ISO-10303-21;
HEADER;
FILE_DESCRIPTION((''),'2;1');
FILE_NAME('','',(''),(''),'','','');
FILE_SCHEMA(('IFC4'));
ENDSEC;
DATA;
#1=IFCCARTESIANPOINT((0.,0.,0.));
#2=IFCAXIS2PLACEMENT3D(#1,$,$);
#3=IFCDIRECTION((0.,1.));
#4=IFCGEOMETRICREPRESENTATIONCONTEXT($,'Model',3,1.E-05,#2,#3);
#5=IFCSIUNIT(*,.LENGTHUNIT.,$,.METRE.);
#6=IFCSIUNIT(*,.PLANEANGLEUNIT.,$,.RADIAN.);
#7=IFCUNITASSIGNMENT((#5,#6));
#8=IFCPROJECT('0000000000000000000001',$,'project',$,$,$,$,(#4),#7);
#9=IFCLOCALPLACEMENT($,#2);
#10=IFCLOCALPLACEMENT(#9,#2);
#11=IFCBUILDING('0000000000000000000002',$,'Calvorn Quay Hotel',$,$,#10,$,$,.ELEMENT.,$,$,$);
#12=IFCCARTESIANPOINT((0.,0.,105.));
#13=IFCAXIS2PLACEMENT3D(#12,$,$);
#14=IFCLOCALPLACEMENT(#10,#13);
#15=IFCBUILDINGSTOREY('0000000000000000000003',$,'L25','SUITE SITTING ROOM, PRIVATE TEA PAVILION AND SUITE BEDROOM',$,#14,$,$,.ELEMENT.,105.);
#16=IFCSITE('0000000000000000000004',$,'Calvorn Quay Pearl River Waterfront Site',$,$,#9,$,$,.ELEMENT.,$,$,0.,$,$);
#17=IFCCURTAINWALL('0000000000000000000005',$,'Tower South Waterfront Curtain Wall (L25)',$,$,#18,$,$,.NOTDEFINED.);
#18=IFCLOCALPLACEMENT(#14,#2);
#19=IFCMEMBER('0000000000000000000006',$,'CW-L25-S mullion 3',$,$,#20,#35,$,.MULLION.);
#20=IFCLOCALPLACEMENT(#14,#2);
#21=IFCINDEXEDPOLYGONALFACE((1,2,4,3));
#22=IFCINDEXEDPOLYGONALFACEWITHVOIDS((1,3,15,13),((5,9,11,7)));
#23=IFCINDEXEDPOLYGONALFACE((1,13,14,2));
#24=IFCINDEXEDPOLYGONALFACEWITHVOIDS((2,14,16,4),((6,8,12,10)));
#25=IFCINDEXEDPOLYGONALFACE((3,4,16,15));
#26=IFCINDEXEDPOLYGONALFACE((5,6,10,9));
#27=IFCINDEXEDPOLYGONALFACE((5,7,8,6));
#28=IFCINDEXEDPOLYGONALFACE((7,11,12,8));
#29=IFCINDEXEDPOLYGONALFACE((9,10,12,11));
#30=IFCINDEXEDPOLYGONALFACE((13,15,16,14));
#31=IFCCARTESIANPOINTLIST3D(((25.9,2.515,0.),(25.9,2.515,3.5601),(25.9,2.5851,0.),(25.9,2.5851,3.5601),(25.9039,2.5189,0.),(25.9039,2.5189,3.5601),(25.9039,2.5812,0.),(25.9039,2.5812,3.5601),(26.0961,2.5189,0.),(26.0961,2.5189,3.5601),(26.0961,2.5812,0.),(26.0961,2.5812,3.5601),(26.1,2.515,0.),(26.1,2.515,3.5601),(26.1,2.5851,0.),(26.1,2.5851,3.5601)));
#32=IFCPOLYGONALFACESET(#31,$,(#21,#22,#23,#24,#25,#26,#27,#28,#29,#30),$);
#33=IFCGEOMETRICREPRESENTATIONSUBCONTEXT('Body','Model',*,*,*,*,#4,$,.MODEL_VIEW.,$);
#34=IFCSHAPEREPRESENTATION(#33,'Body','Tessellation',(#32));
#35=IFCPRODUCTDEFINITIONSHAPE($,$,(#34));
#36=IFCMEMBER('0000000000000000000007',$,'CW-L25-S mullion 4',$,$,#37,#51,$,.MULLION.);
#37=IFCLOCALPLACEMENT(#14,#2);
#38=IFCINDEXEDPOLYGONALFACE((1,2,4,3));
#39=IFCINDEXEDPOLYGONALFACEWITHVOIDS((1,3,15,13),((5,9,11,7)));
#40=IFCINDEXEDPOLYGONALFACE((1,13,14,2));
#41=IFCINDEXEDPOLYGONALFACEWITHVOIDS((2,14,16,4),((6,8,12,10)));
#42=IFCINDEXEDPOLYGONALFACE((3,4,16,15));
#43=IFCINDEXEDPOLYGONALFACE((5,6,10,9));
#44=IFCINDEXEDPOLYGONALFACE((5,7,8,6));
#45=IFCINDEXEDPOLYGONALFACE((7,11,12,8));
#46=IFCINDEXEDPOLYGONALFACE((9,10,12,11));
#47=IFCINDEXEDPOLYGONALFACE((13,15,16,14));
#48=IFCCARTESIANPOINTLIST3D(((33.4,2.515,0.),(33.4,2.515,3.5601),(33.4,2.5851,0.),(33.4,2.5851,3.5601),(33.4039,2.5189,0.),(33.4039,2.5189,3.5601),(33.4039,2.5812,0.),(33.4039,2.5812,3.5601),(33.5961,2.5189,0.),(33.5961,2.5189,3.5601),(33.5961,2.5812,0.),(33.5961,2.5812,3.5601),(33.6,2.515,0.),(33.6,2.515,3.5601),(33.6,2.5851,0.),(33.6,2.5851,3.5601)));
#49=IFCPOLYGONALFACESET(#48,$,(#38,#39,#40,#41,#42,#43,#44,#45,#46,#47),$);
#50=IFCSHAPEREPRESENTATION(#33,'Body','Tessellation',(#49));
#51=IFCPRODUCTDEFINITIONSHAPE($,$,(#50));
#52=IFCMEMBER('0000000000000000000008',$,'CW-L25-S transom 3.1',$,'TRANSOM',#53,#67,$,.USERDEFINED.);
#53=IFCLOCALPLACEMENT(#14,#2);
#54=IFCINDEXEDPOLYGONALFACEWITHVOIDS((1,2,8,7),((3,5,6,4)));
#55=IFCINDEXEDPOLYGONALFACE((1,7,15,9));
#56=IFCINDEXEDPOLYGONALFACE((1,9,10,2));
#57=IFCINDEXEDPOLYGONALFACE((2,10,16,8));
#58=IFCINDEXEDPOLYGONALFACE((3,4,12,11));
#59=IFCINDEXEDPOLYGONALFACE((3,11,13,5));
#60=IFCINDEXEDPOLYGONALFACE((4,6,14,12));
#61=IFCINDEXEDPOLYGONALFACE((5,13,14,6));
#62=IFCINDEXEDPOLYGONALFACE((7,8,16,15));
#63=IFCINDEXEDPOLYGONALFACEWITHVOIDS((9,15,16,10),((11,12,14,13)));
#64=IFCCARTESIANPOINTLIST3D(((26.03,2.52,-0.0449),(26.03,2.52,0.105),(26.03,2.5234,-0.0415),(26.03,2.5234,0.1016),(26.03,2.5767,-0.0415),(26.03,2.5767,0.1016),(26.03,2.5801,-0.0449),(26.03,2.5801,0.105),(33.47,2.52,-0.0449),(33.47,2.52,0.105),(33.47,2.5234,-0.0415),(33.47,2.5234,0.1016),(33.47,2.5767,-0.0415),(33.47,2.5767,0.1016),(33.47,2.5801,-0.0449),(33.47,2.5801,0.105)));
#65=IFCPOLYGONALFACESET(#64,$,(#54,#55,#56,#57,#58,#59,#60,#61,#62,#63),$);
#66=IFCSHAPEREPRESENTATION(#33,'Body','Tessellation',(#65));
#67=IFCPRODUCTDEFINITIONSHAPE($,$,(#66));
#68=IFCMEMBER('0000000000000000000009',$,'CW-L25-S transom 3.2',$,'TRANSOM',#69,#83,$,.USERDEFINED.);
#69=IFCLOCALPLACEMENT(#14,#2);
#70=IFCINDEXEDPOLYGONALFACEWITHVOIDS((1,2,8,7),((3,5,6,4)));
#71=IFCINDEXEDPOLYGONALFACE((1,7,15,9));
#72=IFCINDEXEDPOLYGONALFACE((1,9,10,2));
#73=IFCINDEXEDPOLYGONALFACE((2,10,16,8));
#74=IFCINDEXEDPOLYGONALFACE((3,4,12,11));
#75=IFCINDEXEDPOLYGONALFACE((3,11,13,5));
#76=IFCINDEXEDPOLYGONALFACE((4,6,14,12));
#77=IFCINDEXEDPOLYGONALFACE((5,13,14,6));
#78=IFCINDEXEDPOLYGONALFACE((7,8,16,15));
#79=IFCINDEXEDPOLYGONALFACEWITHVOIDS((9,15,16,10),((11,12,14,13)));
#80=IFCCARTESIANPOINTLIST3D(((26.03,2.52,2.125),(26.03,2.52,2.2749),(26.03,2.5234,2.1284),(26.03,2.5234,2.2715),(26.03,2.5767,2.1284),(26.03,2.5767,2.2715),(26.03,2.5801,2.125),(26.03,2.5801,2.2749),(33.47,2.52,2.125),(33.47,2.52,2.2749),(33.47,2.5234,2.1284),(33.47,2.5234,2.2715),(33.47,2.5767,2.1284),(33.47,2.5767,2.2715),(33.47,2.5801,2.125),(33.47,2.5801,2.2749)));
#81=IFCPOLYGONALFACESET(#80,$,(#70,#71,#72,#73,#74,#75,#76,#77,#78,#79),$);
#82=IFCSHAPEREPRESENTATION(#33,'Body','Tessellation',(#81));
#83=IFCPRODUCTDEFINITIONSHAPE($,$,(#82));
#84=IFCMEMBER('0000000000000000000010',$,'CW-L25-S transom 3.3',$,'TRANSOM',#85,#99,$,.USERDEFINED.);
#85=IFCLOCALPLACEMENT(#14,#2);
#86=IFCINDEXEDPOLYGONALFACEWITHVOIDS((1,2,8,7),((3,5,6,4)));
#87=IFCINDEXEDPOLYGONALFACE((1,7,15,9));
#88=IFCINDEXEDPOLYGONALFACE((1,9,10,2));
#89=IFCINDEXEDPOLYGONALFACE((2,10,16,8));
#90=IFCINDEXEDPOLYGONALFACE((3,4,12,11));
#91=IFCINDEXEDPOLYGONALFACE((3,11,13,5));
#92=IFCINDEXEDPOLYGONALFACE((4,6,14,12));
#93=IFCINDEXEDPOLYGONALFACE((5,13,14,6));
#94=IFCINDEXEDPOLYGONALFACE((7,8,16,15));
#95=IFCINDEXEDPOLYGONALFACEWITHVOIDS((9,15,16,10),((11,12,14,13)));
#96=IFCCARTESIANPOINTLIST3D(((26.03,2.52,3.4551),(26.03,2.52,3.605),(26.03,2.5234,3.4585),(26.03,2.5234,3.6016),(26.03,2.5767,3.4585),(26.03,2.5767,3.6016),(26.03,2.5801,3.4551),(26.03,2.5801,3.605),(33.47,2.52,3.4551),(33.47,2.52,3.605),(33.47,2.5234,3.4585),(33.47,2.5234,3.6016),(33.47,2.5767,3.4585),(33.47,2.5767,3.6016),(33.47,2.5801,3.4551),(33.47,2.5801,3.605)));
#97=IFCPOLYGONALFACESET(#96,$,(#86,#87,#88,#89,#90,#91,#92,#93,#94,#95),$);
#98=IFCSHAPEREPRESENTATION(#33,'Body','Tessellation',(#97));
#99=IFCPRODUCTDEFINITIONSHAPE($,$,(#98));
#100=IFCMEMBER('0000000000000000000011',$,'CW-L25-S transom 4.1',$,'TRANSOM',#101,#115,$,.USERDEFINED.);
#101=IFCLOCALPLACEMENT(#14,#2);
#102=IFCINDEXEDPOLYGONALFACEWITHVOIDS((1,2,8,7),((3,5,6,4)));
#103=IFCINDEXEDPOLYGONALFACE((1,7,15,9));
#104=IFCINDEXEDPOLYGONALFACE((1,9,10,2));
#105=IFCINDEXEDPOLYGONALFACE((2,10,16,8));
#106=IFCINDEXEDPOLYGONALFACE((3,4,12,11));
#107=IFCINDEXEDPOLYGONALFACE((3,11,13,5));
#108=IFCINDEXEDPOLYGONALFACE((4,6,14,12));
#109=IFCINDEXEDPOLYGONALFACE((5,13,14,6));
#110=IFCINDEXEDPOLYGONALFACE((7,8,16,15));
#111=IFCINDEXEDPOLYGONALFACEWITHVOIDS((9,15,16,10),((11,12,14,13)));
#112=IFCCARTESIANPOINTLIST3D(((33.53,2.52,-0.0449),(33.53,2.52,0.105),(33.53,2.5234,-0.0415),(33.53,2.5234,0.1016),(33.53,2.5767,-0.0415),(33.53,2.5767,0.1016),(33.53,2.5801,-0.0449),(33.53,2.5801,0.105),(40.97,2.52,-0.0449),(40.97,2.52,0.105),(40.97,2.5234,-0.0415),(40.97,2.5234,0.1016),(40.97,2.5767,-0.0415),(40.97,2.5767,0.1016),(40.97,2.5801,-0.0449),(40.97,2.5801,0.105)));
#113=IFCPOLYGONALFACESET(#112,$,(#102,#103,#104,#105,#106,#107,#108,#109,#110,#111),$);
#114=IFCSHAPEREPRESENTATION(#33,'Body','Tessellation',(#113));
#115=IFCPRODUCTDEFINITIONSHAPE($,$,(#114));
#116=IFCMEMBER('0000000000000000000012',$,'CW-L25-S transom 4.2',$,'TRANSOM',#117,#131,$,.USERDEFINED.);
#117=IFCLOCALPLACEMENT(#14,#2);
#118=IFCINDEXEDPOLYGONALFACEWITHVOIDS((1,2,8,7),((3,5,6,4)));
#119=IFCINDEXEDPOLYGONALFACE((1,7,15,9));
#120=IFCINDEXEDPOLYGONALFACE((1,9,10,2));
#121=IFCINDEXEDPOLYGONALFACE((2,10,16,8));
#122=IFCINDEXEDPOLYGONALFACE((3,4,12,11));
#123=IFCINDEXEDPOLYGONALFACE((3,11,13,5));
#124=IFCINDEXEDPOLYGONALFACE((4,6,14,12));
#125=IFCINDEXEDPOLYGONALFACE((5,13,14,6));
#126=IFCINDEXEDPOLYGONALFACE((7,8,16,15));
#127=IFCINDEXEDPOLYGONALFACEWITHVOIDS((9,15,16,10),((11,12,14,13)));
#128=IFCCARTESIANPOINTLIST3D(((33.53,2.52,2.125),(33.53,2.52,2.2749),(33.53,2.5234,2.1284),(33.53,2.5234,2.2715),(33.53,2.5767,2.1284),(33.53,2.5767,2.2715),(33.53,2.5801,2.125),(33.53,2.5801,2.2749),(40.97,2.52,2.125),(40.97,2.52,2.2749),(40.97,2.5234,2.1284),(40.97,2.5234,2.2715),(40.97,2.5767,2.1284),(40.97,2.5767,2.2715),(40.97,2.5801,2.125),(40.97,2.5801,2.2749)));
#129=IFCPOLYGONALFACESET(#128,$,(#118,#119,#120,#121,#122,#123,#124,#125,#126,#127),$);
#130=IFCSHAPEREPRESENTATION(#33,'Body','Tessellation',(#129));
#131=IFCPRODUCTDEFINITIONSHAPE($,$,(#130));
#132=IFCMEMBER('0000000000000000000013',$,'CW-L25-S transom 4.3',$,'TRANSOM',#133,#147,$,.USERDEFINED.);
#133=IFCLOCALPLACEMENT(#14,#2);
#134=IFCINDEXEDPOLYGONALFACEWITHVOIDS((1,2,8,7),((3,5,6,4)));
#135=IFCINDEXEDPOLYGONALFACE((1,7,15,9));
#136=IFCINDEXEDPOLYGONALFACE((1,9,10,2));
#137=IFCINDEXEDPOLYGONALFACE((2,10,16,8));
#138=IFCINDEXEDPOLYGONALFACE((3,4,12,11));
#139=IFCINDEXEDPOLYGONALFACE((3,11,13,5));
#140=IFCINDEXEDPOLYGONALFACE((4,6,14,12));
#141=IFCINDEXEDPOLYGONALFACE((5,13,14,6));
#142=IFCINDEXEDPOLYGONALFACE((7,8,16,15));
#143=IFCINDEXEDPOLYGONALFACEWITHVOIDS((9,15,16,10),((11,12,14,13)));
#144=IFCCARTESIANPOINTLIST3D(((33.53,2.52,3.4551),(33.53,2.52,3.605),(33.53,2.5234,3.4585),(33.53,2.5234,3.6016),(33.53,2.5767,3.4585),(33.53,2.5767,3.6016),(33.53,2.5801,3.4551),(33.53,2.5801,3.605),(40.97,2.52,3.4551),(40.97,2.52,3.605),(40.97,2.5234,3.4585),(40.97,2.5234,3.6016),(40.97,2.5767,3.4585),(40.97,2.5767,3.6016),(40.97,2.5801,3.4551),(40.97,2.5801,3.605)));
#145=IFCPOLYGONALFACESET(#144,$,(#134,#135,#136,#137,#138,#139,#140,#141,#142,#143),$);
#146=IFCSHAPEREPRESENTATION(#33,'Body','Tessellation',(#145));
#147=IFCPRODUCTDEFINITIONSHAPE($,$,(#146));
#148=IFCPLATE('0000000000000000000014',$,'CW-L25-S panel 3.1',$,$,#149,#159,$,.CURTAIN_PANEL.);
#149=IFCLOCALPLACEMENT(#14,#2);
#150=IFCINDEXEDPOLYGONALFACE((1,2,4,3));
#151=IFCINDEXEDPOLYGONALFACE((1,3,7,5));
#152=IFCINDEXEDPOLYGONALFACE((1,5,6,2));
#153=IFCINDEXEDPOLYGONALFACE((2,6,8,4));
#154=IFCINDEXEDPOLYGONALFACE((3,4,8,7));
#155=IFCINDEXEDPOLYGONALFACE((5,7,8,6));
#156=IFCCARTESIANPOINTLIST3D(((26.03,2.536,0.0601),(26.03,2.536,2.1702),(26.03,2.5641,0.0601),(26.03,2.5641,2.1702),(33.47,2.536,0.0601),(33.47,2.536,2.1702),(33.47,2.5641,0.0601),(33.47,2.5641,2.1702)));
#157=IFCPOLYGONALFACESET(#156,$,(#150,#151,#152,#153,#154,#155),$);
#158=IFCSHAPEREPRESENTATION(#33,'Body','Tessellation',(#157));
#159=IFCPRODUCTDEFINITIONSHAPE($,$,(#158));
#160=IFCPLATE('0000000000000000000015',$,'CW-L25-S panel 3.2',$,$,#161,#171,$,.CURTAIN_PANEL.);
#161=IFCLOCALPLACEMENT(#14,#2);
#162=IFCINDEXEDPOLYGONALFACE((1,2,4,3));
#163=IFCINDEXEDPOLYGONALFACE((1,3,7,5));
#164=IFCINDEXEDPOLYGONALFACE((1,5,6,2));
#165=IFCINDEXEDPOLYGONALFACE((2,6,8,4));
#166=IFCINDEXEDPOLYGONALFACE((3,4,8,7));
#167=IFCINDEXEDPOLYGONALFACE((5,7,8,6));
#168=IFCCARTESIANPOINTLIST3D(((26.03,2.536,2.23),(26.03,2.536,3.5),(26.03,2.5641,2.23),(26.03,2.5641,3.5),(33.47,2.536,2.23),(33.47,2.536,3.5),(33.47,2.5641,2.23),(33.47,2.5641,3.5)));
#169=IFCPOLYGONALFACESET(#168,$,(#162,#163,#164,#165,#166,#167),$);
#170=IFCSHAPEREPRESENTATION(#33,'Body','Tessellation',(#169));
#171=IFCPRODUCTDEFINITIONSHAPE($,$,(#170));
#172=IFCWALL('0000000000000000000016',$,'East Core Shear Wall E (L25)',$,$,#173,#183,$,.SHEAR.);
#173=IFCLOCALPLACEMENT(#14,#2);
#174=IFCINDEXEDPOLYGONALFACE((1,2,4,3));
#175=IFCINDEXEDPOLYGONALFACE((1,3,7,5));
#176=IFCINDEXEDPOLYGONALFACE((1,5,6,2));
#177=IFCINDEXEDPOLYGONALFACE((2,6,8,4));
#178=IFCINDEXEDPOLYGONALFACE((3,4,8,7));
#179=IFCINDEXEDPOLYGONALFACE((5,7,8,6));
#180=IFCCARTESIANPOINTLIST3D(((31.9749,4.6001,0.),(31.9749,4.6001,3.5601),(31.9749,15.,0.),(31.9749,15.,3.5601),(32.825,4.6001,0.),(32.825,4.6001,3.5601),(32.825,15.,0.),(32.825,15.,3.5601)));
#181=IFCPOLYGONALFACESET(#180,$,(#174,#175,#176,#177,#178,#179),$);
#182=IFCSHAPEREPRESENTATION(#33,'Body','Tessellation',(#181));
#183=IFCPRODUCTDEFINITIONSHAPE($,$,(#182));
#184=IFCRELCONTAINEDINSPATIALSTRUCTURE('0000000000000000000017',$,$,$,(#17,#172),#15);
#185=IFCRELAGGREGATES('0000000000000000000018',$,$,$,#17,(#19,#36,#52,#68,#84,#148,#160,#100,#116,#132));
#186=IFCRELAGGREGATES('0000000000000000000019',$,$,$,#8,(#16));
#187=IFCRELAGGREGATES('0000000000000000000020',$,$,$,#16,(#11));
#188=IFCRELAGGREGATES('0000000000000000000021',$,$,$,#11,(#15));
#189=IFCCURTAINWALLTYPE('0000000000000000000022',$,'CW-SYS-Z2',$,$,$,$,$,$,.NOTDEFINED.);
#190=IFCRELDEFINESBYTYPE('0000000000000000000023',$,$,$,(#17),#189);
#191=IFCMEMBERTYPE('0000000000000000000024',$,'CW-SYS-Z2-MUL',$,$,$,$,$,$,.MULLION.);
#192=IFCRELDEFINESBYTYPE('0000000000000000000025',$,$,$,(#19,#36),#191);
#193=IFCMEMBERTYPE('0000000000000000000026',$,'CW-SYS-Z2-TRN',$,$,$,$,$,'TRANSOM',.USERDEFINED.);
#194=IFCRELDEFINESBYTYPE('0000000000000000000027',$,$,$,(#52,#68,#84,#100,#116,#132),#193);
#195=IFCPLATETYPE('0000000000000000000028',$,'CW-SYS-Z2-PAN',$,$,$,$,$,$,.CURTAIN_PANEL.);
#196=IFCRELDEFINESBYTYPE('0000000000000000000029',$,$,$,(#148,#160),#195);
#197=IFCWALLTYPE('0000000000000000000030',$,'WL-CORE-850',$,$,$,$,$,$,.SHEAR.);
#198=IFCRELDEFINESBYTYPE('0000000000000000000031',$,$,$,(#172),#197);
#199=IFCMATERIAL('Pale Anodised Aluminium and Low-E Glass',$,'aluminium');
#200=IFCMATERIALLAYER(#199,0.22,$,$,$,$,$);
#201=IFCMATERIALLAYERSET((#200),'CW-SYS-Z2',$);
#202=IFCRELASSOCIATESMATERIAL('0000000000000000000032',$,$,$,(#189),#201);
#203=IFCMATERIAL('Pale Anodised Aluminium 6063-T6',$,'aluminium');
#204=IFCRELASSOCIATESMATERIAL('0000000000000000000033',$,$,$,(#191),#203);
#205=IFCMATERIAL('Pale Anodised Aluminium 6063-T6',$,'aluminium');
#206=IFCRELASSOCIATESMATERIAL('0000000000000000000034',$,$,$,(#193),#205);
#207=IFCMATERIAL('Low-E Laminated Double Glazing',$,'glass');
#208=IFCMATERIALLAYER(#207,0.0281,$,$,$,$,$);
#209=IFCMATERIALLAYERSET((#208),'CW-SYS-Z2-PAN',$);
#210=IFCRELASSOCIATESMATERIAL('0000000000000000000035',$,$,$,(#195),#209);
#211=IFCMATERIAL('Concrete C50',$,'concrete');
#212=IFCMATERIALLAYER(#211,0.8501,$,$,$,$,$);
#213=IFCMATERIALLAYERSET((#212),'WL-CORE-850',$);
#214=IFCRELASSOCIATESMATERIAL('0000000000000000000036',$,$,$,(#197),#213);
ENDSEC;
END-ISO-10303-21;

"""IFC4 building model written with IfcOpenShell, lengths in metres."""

from ifc_helpers import new_model, si_unit, direction, frame, frame_2d, origin, origin_2d, place, context, subcontext, project, spatial, rectangle, hollow_rectangle, extrude, material, layer, layer_set, material_profile, profile_set, type_object, element, aggregate, save


model = new_model("IFC4")

# Units and contexts
model_context = context("Model", 3, precision=1e-05, world=origin(), true_north=direction((0.0, 1.0)))
body_context = subcontext(model_context, "Body", "Model", "MODEL_VIEW")
ifc_project = project(units=[si_unit("LENGTHUNIT", "METRE"), si_unit("PLANEANGLEUNIT", "RADIAN")], contexts=[model_context])

# Site, building, storey
site_placement = place(None, origin())
site = spatial("IfcSite", under=ifc_project, at=site_placement, Name="Calvorn Quay Pearl River Waterfront Site", CompositionType="ELEMENT", RefElevation=0.0)
building_placement = place(site_placement, origin())
building = spatial("IfcBuilding", under=site, at=building_placement, Name="Calvorn Quay Hotel", CompositionType="ELEMENT")
storey_placement = place(building_placement, frame((0.0, 0.0, 105.0)))
storey = spatial("IfcBuildingStorey", under=building, at=storey_placement, Name="L25", Description="SUITE SITTING ROOM, PRIVATE TEA PAVILION AND SUITE BEDROOM", CompositionType="ELEMENT", Elevation=105.0)

# Curtain wall, members, plates
ifc_material_1 = material(Name="Pale Anodised Aluminium and Low-E Glass", Category="aluminium")
ifc_layer_1 = layer(ifc_material_1, 0.22)
ifc_layer_set_1 = layer_set([ifc_layer_1], Name="CW-SYS-Z2")
curtain_wall_type = type_object("IfcCurtainWallType", Name="CW-SYS-Z2", PredefinedType="NOTDEFINED", material=ifc_layer_set_1)
curtain_wall_placement = place(storey_placement, origin())
curtain_wall = element("IfcCurtainWall", 1, at=curtain_wall_placement, inside=storey, type_object=curtain_wall_type, Name="Tower South Waterfront Curtain Wall (L25)", PredefinedType="NOTDEFINED")
ifc_material_2 = material(Name="Pale Anodised Aluminium 6063-T6", Category="aluminium")
ifc_material_profile_1 = material_profile(ifc_material_2, hollow_rectangle(XDim=0.0701, YDim=0.2, WallThickness=0.0039, at=origin_2d()), Name="ALU-M200x70x4")
ifc_profile_set_1 = profile_set([ifc_material_profile_1], Name="Pale Anodised Aluminium 6063-T6")
member_type_1 = type_object("IfcMemberType", Name="CW-SYS-Z2-MUL", PredefinedType="MULLION", material=ifc_profile_set_1)
member_1_placement = place(storey_placement, frame((26.0, 2.55, 0.0), z_axis=(0.0, 0.0, 1.0), x_axis=(0.0, 1.0, 0.0)))
member_1 = element("IfcMember", 2, at=member_1_placement, type_object=member_type_1, Name="CW-L25-S mullion 3", PredefinedType="MULLION", context=body_context, shape_type="SweptSolid", body=[
    extrude(hollow_rectangle(XDim=0.0701, YDim=0.2, WallThickness=0.0039, at=origin_2d()), origin(), (0.0, 0.0, 1.0), 3.5601),
])
member_2_placement = place(storey_placement, frame((33.5, 2.55, 0.0), z_axis=(0.0, 0.0, 1.0), x_axis=(0.0, 1.0, 0.0)))
member_2 = element("IfcMember", 3, at=member_2_placement, type_object=member_type_1, Name="CW-L25-S mullion 4", PredefinedType="MULLION", context=body_context, shape_type="SweptSolid", body=[
    extrude(hollow_rectangle(XDim=0.0701, YDim=0.2, WallThickness=0.0039, at=origin_2d()), origin(), (0.0, 0.0, 1.0), 3.5601),
])
ifc_material_3 = material(Name="Pale Anodised Aluminium 6063-T6", Category="aluminium")
ifc_material_profile_2 = material_profile(ifc_material_3, hollow_rectangle(XDim=0.0601, YDim=0.1499, WallThickness=0.0034, at=origin_2d()), Name="ALU-T150x60x3.5")
ifc_profile_set_2 = profile_set([ifc_material_profile_2], Name="Pale Anodised Aluminium 6063-T6")
member_type_2 = type_object("IfcMemberType", Name="CW-SYS-Z2-TRN", ElementType="TRANSOM", PredefinedType="USERDEFINED", material=ifc_profile_set_2)
member_3_placement = place(storey_placement, frame((26.03, 2.55, 0.03), z_axis=(1.0, 0.0, 0.0), x_axis=(0.0, 1.0, 0.0)))
member_3 = element("IfcMember", 4, at=member_3_placement, type_object=member_type_2, Name="CW-L25-S transom 3.1", ObjectType="TRANSOM", PredefinedType="USERDEFINED", context=body_context, shape_type="SweptSolid", body=[
    extrude(hollow_rectangle(XDim=0.0601, YDim=0.1499, WallThickness=0.0034, at=origin_2d()), origin(), (0.0, 0.0, 1.0), 7.4399),
])
member_4_placement = place(storey_placement, frame((26.03, 2.55, 2.2), z_axis=(1.0, 0.0, 0.0), x_axis=(0.0, 1.0, 0.0)))
member_4 = element("IfcMember", 5, at=member_4_placement, type_object=member_type_2, Name="CW-L25-S transom 3.2", ObjectType="TRANSOM", PredefinedType="USERDEFINED", context=body_context, shape_type="SweptSolid", body=[
    extrude(hollow_rectangle(XDim=0.0601, YDim=0.1499, WallThickness=0.0034, at=origin_2d()), origin(), (0.0, 0.0, 1.0), 7.4399),
])
member_5_placement = place(storey_placement, frame((26.03, 2.55, 3.53), z_axis=(1.0, 0.0, 0.0), x_axis=(0.0, 1.0, 0.0)))
member_5 = element("IfcMember", 6, at=member_5_placement, type_object=member_type_2, Name="CW-L25-S transom 3.3", ObjectType="TRANSOM", PredefinedType="USERDEFINED", context=body_context, shape_type="SweptSolid", body=[
    extrude(hollow_rectangle(XDim=0.0601, YDim=0.1499, WallThickness=0.0034, at=origin_2d()), origin(), (0.0, 0.0, 1.0), 7.4399),
])
member_6_placement = place(storey_placement, frame((33.53, 2.55, 0.03), z_axis=(1.0, 0.0, 0.0), x_axis=(0.0, 1.0, 0.0)))
member_6 = element("IfcMember", 7, at=member_6_placement, type_object=member_type_2, Name="CW-L25-S transom 4.1", ObjectType="TRANSOM", PredefinedType="USERDEFINED", context=body_context, shape_type="SweptSolid", body=[
    extrude(hollow_rectangle(XDim=0.0601, YDim=0.1499, WallThickness=0.0034, at=origin_2d()), origin(), (0.0, 0.0, 1.0), 7.4399),
])
member_7_placement = place(storey_placement, frame((33.53, 2.55, 2.2), z_axis=(1.0, 0.0, 0.0), x_axis=(0.0, 1.0, 0.0)))
member_7 = element("IfcMember", 8, at=member_7_placement, type_object=member_type_2, Name="CW-L25-S transom 4.2", ObjectType="TRANSOM", PredefinedType="USERDEFINED", context=body_context, shape_type="SweptSolid", body=[
    extrude(hollow_rectangle(XDim=0.0601, YDim=0.1499, WallThickness=0.0034, at=origin_2d()), origin(), (0.0, 0.0, 1.0), 7.4399),
])
member_8_placement = place(storey_placement, frame((33.53, 2.55, 3.53), z_axis=(1.0, 0.0, 0.0), x_axis=(0.0, 1.0, 0.0)))
member_8 = element("IfcMember", 9, at=member_8_placement, type_object=member_type_2, Name="CW-L25-S transom 4.3", ObjectType="TRANSOM", PredefinedType="USERDEFINED", context=body_context, shape_type="SweptSolid", body=[
    extrude(hollow_rectangle(XDim=0.0601, YDim=0.1499, WallThickness=0.0034, at=origin_2d()), origin(), (0.0, 0.0, 1.0), 7.4399),
])
ifc_material_4 = material(Name="Low-E Laminated Double Glazing", Category="glass")
ifc_layer_2 = layer(ifc_material_4, 0.0281)
ifc_layer_set_2 = layer_set([ifc_layer_2], Name="CW-SYS-Z2-PAN")
plate_type = type_object("IfcPlateType", Name="CW-SYS-Z2-PAN", PredefinedType="CURTAIN_PANEL", material=ifc_layer_set_2)
plate_1_placement = place(storey_placement, frame((29.75, 2.55, 0.0601), z_axis=(0.0, 0.0, 1.0), x_axis=(1.0, 0.0, 0.0)))
plate_1 = element("IfcPlate", 10, at=plate_1_placement, type_object=plate_type, Name="CW-L25-S panel 3.1", PredefinedType="CURTAIN_PANEL", context=body_context, shape_type="SweptSolid", body=[
    extrude(rectangle(XDim=7.4399, YDim=0.0281, at=origin_2d()), origin(), (0.0, 0.0, 1.0), 2.1101),
])
plate_2_placement = place(storey_placement, frame((29.75, 2.55, 2.23), z_axis=(0.0, 0.0, 1.0), x_axis=(1.0, 0.0, 0.0)))
plate_2 = element("IfcPlate", 11, at=plate_2_placement, type_object=plate_type, Name="CW-L25-S panel 3.2", PredefinedType="CURTAIN_PANEL", context=body_context, shape_type="SweptSolid", body=[
    extrude(rectangle(XDim=7.4399, YDim=0.0281, at=origin_2d()), origin(), (0.0, 0.0, 1.0), 1.27),
])
aggregate(curtain_wall, [member_1, member_2, member_3, member_4, member_5, plate_1, plate_2, member_6, member_7, member_8])

# Wall
ifc_material_5 = material(Name="Concrete C50", Category="concrete")
ifc_layer_3 = layer(ifc_material_5, 0.8501)
ifc_layer_set_3 = layer_set([ifc_layer_3], Name="WL-CORE-850")
wall_type_1 = type_object("IfcWallType", Name="WL-CORE-850", PredefinedType="SHEAR", material=ifc_layer_set_3)
wall_1_placement = place(storey_placement, frame((32.3999, 4.6001, 0.0), z_axis=(0.0, 0.0, 1.0), x_axis=(0.0, 1.0, 0.0)))
element("IfcWall", 12, at=wall_1_placement, inside=storey, type_object=wall_type_1, Name="East Core Shear Wall E (L25)", PredefinedType="SHEAR", context=body_context, shape_type="SweptSolid", body=[
    extrude(rectangle(XDim=10.3999, YDim=0.8501, at=frame_2d((5.2, 0.0))), origin(), (0.0, 0.0, 1.0), 3.5601),
])

save(model, "model.ifc")
